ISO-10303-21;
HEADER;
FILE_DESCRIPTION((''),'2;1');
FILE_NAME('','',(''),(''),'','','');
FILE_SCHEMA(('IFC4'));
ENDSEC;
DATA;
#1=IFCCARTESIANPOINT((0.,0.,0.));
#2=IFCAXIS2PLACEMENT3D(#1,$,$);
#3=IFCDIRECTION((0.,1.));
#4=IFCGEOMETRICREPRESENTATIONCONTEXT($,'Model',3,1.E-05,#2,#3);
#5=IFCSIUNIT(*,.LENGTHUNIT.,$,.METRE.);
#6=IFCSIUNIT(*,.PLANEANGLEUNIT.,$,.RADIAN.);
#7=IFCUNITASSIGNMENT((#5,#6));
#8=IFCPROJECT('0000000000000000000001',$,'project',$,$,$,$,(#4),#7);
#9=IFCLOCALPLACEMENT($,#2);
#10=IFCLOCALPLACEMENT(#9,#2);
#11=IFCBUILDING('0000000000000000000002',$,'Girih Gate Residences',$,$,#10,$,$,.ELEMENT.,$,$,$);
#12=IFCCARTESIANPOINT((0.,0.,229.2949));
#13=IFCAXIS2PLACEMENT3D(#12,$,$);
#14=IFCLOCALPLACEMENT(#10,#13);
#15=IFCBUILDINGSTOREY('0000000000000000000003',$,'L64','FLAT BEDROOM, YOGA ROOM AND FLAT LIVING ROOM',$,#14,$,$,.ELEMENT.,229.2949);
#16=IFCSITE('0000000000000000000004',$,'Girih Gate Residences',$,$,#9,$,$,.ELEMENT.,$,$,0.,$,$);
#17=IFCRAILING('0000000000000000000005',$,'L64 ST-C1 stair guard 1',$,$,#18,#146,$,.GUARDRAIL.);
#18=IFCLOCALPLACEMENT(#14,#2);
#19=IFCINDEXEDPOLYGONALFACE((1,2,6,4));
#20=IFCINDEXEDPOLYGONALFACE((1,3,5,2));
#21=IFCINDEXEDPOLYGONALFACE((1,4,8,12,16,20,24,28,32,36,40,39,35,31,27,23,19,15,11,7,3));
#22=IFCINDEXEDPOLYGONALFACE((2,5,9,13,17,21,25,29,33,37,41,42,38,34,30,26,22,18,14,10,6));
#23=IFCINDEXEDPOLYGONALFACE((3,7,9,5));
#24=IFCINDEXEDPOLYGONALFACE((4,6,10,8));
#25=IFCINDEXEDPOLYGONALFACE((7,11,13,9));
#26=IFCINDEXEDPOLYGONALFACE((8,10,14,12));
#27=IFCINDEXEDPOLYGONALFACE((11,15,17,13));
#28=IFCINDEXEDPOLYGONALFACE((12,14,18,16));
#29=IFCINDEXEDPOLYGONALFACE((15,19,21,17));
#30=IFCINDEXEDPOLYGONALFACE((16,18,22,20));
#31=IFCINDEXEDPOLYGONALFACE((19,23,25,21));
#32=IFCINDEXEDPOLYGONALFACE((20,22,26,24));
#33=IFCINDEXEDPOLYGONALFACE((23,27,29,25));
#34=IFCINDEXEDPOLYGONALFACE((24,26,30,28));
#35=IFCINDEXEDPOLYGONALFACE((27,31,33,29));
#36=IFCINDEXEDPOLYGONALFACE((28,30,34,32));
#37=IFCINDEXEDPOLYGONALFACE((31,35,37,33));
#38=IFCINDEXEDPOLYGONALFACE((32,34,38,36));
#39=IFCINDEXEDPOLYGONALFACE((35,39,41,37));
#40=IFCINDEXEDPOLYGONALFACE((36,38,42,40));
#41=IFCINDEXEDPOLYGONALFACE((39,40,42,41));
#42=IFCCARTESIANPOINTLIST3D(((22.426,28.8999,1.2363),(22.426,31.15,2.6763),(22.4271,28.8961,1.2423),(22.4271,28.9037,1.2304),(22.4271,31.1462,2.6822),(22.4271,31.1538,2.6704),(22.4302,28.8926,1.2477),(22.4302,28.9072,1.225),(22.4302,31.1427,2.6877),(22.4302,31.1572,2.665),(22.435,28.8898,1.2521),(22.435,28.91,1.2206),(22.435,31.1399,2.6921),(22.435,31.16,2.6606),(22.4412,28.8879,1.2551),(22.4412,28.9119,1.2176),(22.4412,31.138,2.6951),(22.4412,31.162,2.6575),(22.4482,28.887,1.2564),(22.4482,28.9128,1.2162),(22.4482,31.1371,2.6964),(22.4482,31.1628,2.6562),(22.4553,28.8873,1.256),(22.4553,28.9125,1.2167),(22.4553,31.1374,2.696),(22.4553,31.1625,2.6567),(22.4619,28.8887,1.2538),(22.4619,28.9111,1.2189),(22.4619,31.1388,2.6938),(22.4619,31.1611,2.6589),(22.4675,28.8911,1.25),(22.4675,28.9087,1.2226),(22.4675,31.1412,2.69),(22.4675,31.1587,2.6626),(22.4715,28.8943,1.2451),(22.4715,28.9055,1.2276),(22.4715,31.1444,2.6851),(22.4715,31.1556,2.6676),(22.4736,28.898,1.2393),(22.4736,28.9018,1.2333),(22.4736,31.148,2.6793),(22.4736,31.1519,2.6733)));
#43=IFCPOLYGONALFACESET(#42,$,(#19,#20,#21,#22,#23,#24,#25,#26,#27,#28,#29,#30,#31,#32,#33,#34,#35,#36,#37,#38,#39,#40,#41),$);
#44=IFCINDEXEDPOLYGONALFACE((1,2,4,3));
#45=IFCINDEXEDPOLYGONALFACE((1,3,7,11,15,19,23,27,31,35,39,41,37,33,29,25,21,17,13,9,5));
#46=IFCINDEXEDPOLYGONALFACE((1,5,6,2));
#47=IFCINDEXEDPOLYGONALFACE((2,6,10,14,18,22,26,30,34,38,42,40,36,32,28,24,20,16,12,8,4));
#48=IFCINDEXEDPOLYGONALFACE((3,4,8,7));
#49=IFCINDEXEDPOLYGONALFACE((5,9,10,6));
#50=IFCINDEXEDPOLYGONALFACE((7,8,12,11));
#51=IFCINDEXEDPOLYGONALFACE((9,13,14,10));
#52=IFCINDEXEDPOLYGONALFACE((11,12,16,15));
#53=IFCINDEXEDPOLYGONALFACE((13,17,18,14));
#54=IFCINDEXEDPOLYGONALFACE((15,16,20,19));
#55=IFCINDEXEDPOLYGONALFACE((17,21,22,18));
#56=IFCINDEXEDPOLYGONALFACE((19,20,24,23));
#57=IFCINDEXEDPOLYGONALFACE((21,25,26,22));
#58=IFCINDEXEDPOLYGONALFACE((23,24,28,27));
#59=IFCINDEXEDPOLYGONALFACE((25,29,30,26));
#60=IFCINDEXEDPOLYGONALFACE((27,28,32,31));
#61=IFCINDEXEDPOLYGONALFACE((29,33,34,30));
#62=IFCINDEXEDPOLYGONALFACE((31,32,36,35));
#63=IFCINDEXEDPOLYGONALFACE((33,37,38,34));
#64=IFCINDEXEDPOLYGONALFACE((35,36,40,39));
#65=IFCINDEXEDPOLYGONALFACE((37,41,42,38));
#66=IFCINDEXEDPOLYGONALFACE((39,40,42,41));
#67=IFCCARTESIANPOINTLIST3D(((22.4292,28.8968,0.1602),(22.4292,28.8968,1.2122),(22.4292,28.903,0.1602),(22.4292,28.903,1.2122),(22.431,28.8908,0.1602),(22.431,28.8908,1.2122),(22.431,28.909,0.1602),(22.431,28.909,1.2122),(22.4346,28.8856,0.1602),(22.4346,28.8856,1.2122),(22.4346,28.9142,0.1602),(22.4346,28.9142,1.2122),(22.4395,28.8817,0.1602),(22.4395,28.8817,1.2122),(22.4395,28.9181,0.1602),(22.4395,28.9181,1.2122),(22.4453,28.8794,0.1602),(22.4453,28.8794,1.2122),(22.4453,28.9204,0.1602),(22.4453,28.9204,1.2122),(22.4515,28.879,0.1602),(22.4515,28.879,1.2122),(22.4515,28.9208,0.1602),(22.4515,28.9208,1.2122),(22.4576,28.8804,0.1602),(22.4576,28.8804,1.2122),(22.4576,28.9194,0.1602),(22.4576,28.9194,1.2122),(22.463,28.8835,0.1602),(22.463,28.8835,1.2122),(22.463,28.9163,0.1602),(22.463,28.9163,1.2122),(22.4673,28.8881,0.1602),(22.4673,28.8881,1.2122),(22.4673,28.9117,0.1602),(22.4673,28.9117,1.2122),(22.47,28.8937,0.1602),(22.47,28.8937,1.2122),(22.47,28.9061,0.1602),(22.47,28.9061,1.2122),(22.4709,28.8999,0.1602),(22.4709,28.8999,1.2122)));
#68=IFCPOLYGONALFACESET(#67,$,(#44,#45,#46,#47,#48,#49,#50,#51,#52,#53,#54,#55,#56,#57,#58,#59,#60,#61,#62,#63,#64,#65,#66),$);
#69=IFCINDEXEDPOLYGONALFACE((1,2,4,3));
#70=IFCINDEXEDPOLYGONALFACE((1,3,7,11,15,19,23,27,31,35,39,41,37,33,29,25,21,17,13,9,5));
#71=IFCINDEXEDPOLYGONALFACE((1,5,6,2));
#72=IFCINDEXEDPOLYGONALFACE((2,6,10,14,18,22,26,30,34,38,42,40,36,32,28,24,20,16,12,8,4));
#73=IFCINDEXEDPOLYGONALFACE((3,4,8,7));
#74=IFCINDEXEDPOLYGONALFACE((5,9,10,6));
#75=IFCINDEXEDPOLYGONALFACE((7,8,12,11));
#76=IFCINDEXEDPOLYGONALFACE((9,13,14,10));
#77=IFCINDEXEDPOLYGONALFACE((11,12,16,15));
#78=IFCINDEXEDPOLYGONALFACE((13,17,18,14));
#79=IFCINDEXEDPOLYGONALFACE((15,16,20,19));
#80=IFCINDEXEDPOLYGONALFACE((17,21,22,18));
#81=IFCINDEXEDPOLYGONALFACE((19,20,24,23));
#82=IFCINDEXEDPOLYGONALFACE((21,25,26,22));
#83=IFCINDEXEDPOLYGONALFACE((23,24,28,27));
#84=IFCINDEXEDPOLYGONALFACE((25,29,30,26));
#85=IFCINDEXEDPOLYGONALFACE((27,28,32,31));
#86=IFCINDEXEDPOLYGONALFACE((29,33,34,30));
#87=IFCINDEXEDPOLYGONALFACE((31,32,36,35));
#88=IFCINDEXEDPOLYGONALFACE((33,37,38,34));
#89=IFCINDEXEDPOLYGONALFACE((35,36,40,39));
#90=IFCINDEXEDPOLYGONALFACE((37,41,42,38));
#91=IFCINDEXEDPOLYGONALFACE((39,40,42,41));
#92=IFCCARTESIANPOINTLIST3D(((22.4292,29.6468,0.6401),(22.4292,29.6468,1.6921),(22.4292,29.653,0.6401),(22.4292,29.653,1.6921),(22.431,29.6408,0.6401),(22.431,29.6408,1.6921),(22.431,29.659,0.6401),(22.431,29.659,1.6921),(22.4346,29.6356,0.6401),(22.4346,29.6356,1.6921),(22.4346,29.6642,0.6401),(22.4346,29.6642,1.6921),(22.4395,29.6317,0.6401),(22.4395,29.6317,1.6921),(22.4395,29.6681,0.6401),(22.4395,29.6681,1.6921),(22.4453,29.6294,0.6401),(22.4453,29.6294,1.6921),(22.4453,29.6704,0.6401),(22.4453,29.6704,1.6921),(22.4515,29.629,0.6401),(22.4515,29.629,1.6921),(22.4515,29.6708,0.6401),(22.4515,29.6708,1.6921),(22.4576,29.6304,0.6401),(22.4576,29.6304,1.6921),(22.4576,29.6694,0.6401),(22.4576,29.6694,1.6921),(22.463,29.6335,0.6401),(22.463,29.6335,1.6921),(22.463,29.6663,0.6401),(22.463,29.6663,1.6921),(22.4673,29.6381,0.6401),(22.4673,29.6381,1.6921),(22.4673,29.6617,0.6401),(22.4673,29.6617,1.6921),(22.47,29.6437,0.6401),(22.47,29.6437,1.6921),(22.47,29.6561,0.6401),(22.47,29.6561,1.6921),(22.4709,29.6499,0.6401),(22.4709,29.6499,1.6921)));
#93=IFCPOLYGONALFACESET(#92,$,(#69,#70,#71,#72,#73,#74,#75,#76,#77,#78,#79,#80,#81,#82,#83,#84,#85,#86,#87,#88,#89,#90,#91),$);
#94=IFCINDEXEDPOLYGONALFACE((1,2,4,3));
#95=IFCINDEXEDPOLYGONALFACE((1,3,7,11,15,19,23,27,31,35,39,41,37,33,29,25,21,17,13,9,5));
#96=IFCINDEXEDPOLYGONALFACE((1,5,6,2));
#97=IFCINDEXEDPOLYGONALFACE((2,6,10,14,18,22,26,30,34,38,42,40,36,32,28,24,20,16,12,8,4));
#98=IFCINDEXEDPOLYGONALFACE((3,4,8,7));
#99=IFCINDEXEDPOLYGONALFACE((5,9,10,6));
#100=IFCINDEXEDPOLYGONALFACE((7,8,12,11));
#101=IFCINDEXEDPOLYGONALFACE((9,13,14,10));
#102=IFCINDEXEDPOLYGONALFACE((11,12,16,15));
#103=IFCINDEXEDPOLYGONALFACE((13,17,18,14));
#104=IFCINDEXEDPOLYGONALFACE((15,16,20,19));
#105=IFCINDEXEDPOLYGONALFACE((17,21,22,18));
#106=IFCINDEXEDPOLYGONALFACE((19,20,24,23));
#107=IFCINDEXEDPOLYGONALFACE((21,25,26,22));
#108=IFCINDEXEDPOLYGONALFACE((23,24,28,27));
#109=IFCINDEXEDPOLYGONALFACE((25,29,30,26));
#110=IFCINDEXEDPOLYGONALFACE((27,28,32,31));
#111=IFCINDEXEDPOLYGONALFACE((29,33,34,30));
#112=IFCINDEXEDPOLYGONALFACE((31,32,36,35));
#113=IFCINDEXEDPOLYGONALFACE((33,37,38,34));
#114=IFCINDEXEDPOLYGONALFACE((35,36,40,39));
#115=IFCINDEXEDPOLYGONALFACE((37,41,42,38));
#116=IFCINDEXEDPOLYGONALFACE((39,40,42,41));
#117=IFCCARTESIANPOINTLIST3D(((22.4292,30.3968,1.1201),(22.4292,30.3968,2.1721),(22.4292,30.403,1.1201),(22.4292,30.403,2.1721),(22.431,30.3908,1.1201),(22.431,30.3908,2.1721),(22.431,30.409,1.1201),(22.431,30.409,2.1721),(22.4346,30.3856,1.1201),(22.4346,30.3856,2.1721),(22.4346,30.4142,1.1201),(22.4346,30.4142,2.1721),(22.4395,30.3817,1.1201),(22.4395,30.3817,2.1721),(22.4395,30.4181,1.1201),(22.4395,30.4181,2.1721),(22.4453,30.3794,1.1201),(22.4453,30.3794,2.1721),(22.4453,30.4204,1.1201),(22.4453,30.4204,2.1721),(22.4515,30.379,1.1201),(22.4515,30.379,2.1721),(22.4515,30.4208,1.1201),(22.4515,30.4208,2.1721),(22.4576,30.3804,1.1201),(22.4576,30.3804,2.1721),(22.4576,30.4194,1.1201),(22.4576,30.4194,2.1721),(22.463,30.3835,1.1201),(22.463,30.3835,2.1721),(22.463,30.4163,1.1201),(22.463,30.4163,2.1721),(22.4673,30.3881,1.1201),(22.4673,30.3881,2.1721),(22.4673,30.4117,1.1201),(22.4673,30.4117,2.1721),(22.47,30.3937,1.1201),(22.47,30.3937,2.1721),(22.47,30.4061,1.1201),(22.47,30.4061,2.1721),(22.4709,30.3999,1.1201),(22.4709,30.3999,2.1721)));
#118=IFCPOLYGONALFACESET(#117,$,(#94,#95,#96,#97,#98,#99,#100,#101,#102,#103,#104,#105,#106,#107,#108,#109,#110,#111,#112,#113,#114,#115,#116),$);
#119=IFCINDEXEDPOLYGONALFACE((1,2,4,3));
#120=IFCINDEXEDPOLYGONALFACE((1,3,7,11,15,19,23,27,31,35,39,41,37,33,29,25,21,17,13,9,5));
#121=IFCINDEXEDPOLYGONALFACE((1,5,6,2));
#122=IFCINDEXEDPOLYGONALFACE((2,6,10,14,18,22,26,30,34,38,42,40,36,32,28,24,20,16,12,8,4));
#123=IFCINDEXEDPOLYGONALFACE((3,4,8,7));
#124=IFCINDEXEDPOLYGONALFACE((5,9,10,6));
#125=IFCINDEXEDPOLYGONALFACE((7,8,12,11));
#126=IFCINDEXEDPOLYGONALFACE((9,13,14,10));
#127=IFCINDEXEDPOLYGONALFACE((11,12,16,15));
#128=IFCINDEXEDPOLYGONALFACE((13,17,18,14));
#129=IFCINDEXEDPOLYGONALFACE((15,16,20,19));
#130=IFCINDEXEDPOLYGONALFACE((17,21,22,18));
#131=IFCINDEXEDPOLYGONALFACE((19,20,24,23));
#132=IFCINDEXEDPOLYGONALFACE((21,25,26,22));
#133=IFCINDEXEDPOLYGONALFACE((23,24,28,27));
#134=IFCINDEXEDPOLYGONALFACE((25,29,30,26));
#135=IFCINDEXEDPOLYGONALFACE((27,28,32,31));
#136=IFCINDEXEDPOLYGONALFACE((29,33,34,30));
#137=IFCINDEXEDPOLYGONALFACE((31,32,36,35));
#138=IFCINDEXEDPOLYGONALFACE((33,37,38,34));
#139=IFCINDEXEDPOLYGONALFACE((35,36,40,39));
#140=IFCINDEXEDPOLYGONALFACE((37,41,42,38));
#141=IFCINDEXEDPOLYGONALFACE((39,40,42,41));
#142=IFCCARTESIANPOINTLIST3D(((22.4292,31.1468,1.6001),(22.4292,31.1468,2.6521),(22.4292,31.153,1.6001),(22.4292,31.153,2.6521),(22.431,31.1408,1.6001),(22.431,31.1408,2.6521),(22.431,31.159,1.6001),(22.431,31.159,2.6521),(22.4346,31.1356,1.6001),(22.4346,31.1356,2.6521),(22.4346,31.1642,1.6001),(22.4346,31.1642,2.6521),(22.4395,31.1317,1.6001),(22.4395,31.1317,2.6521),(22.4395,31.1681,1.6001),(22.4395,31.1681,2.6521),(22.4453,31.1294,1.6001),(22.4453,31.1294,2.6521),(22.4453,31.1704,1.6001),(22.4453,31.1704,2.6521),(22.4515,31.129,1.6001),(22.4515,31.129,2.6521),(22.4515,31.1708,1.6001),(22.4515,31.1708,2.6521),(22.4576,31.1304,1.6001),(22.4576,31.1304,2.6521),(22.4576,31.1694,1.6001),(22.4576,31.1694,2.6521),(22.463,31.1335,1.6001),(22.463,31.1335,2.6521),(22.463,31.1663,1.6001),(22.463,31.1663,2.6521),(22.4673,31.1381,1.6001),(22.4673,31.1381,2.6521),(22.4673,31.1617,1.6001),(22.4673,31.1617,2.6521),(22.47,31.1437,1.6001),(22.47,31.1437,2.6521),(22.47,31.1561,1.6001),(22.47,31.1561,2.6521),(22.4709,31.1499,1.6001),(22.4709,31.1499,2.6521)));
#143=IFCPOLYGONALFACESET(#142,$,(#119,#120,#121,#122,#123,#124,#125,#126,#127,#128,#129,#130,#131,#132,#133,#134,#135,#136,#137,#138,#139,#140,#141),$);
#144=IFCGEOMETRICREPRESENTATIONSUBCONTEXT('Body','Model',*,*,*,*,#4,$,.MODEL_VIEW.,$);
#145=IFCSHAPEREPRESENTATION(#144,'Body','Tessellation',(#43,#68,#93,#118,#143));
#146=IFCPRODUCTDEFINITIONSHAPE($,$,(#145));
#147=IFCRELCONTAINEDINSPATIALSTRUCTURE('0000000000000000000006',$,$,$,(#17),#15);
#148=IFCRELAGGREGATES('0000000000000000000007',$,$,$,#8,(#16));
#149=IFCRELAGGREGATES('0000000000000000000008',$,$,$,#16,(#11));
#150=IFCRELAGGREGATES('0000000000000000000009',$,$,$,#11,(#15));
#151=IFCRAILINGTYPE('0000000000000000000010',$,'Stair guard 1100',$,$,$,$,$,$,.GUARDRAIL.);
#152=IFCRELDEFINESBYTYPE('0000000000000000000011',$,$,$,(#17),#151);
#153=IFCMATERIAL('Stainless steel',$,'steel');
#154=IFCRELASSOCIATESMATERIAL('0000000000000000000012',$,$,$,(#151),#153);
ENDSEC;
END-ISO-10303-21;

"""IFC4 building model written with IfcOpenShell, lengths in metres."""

from ifc_helpers import new_model, si_unit, direction, frame, origin, origin_2d, place, context, subcontext, project, spatial, circle, extrude, material, type_object, element, save


model = new_model("IFC4")

# Units and contexts
model_context = context("Model", 3, precision=1e-05, world=origin(), true_north=direction((0.0, 1.0)))
body_context = subcontext(model_context, "Body", "Model", "MODEL_VIEW")
ifc_project = project(units=[si_unit("LENGTHUNIT", "METRE"), si_unit("PLANEANGLEUNIT", "RADIAN")], contexts=[model_context])

# Site, building, storey
site_placement = place(None, origin())
site = spatial("IfcSite", under=ifc_project, at=site_placement, Name="Girih Gate Residences", CompositionType="ELEMENT", RefElevation=0.0)
building_placement = place(site_placement, origin())
building = spatial("IfcBuilding", under=site, at=building_placement, Name="Girih Gate Residences", CompositionType="ELEMENT")
storey_placement = place(building_placement, frame((0.0, 0.0, 229.2949)))
storey = spatial("IfcBuildingStorey", under=building, at=storey_placement, Name="L64", Description="FLAT BEDROOM, YOGA ROOM AND FLAT LIVING ROOM", CompositionType="ELEMENT", Elevation=229.2949)

# Railing
ifc_material_1 = material(Name="Stainless steel", Category="steel")
railing_type_1 = type_object("IfcRailingType", Name="Stair guard 1100", PredefinedType="GUARDRAIL", material=ifc_material_1)
railing_1_placement = place(storey_placement, frame((22.45, 28.8999, 0.1602)))
element("IfcRailing", 1, at=railing_1_placement, inside=storey, type_object=railing_type_1, Name="L64 ST-C1 stair guard 1", PredefinedType="GUARDRAIL", context=body_context, shape_type="SweptSolid", body=[
    extrude(circle(Radius=0.0239, at=origin_2d()), frame((0.0, 0.0, 1.0762), z_axis=(0.0, 0.842281, 0.539038), x_axis=(-1.0, 0.0, 0.0)), (0.0, 0.0, 1.0), 2.6714),
    extrude(circle(Radius=0.021, at=origin_2d()), origin(), (0.0, 0.0, 1.0), 1.052),
    extrude(circle(Radius=0.021, at=origin_2d()), frame((0.0, 0.75, 0.48)), (0.0, 0.0, 1.0), 1.052),
    extrude(circle(Radius=0.021, at=origin_2d()), frame((0.0, 1.5, 0.96)), (0.0, 0.0, 1.0), 1.052),
    extrude(circle(Radius=0.021, at=origin_2d()), frame((0.0, 2.25, 1.4399)), (0.0, 0.0, 1.0), 1.052),
])

save(model, "model.ifc")
